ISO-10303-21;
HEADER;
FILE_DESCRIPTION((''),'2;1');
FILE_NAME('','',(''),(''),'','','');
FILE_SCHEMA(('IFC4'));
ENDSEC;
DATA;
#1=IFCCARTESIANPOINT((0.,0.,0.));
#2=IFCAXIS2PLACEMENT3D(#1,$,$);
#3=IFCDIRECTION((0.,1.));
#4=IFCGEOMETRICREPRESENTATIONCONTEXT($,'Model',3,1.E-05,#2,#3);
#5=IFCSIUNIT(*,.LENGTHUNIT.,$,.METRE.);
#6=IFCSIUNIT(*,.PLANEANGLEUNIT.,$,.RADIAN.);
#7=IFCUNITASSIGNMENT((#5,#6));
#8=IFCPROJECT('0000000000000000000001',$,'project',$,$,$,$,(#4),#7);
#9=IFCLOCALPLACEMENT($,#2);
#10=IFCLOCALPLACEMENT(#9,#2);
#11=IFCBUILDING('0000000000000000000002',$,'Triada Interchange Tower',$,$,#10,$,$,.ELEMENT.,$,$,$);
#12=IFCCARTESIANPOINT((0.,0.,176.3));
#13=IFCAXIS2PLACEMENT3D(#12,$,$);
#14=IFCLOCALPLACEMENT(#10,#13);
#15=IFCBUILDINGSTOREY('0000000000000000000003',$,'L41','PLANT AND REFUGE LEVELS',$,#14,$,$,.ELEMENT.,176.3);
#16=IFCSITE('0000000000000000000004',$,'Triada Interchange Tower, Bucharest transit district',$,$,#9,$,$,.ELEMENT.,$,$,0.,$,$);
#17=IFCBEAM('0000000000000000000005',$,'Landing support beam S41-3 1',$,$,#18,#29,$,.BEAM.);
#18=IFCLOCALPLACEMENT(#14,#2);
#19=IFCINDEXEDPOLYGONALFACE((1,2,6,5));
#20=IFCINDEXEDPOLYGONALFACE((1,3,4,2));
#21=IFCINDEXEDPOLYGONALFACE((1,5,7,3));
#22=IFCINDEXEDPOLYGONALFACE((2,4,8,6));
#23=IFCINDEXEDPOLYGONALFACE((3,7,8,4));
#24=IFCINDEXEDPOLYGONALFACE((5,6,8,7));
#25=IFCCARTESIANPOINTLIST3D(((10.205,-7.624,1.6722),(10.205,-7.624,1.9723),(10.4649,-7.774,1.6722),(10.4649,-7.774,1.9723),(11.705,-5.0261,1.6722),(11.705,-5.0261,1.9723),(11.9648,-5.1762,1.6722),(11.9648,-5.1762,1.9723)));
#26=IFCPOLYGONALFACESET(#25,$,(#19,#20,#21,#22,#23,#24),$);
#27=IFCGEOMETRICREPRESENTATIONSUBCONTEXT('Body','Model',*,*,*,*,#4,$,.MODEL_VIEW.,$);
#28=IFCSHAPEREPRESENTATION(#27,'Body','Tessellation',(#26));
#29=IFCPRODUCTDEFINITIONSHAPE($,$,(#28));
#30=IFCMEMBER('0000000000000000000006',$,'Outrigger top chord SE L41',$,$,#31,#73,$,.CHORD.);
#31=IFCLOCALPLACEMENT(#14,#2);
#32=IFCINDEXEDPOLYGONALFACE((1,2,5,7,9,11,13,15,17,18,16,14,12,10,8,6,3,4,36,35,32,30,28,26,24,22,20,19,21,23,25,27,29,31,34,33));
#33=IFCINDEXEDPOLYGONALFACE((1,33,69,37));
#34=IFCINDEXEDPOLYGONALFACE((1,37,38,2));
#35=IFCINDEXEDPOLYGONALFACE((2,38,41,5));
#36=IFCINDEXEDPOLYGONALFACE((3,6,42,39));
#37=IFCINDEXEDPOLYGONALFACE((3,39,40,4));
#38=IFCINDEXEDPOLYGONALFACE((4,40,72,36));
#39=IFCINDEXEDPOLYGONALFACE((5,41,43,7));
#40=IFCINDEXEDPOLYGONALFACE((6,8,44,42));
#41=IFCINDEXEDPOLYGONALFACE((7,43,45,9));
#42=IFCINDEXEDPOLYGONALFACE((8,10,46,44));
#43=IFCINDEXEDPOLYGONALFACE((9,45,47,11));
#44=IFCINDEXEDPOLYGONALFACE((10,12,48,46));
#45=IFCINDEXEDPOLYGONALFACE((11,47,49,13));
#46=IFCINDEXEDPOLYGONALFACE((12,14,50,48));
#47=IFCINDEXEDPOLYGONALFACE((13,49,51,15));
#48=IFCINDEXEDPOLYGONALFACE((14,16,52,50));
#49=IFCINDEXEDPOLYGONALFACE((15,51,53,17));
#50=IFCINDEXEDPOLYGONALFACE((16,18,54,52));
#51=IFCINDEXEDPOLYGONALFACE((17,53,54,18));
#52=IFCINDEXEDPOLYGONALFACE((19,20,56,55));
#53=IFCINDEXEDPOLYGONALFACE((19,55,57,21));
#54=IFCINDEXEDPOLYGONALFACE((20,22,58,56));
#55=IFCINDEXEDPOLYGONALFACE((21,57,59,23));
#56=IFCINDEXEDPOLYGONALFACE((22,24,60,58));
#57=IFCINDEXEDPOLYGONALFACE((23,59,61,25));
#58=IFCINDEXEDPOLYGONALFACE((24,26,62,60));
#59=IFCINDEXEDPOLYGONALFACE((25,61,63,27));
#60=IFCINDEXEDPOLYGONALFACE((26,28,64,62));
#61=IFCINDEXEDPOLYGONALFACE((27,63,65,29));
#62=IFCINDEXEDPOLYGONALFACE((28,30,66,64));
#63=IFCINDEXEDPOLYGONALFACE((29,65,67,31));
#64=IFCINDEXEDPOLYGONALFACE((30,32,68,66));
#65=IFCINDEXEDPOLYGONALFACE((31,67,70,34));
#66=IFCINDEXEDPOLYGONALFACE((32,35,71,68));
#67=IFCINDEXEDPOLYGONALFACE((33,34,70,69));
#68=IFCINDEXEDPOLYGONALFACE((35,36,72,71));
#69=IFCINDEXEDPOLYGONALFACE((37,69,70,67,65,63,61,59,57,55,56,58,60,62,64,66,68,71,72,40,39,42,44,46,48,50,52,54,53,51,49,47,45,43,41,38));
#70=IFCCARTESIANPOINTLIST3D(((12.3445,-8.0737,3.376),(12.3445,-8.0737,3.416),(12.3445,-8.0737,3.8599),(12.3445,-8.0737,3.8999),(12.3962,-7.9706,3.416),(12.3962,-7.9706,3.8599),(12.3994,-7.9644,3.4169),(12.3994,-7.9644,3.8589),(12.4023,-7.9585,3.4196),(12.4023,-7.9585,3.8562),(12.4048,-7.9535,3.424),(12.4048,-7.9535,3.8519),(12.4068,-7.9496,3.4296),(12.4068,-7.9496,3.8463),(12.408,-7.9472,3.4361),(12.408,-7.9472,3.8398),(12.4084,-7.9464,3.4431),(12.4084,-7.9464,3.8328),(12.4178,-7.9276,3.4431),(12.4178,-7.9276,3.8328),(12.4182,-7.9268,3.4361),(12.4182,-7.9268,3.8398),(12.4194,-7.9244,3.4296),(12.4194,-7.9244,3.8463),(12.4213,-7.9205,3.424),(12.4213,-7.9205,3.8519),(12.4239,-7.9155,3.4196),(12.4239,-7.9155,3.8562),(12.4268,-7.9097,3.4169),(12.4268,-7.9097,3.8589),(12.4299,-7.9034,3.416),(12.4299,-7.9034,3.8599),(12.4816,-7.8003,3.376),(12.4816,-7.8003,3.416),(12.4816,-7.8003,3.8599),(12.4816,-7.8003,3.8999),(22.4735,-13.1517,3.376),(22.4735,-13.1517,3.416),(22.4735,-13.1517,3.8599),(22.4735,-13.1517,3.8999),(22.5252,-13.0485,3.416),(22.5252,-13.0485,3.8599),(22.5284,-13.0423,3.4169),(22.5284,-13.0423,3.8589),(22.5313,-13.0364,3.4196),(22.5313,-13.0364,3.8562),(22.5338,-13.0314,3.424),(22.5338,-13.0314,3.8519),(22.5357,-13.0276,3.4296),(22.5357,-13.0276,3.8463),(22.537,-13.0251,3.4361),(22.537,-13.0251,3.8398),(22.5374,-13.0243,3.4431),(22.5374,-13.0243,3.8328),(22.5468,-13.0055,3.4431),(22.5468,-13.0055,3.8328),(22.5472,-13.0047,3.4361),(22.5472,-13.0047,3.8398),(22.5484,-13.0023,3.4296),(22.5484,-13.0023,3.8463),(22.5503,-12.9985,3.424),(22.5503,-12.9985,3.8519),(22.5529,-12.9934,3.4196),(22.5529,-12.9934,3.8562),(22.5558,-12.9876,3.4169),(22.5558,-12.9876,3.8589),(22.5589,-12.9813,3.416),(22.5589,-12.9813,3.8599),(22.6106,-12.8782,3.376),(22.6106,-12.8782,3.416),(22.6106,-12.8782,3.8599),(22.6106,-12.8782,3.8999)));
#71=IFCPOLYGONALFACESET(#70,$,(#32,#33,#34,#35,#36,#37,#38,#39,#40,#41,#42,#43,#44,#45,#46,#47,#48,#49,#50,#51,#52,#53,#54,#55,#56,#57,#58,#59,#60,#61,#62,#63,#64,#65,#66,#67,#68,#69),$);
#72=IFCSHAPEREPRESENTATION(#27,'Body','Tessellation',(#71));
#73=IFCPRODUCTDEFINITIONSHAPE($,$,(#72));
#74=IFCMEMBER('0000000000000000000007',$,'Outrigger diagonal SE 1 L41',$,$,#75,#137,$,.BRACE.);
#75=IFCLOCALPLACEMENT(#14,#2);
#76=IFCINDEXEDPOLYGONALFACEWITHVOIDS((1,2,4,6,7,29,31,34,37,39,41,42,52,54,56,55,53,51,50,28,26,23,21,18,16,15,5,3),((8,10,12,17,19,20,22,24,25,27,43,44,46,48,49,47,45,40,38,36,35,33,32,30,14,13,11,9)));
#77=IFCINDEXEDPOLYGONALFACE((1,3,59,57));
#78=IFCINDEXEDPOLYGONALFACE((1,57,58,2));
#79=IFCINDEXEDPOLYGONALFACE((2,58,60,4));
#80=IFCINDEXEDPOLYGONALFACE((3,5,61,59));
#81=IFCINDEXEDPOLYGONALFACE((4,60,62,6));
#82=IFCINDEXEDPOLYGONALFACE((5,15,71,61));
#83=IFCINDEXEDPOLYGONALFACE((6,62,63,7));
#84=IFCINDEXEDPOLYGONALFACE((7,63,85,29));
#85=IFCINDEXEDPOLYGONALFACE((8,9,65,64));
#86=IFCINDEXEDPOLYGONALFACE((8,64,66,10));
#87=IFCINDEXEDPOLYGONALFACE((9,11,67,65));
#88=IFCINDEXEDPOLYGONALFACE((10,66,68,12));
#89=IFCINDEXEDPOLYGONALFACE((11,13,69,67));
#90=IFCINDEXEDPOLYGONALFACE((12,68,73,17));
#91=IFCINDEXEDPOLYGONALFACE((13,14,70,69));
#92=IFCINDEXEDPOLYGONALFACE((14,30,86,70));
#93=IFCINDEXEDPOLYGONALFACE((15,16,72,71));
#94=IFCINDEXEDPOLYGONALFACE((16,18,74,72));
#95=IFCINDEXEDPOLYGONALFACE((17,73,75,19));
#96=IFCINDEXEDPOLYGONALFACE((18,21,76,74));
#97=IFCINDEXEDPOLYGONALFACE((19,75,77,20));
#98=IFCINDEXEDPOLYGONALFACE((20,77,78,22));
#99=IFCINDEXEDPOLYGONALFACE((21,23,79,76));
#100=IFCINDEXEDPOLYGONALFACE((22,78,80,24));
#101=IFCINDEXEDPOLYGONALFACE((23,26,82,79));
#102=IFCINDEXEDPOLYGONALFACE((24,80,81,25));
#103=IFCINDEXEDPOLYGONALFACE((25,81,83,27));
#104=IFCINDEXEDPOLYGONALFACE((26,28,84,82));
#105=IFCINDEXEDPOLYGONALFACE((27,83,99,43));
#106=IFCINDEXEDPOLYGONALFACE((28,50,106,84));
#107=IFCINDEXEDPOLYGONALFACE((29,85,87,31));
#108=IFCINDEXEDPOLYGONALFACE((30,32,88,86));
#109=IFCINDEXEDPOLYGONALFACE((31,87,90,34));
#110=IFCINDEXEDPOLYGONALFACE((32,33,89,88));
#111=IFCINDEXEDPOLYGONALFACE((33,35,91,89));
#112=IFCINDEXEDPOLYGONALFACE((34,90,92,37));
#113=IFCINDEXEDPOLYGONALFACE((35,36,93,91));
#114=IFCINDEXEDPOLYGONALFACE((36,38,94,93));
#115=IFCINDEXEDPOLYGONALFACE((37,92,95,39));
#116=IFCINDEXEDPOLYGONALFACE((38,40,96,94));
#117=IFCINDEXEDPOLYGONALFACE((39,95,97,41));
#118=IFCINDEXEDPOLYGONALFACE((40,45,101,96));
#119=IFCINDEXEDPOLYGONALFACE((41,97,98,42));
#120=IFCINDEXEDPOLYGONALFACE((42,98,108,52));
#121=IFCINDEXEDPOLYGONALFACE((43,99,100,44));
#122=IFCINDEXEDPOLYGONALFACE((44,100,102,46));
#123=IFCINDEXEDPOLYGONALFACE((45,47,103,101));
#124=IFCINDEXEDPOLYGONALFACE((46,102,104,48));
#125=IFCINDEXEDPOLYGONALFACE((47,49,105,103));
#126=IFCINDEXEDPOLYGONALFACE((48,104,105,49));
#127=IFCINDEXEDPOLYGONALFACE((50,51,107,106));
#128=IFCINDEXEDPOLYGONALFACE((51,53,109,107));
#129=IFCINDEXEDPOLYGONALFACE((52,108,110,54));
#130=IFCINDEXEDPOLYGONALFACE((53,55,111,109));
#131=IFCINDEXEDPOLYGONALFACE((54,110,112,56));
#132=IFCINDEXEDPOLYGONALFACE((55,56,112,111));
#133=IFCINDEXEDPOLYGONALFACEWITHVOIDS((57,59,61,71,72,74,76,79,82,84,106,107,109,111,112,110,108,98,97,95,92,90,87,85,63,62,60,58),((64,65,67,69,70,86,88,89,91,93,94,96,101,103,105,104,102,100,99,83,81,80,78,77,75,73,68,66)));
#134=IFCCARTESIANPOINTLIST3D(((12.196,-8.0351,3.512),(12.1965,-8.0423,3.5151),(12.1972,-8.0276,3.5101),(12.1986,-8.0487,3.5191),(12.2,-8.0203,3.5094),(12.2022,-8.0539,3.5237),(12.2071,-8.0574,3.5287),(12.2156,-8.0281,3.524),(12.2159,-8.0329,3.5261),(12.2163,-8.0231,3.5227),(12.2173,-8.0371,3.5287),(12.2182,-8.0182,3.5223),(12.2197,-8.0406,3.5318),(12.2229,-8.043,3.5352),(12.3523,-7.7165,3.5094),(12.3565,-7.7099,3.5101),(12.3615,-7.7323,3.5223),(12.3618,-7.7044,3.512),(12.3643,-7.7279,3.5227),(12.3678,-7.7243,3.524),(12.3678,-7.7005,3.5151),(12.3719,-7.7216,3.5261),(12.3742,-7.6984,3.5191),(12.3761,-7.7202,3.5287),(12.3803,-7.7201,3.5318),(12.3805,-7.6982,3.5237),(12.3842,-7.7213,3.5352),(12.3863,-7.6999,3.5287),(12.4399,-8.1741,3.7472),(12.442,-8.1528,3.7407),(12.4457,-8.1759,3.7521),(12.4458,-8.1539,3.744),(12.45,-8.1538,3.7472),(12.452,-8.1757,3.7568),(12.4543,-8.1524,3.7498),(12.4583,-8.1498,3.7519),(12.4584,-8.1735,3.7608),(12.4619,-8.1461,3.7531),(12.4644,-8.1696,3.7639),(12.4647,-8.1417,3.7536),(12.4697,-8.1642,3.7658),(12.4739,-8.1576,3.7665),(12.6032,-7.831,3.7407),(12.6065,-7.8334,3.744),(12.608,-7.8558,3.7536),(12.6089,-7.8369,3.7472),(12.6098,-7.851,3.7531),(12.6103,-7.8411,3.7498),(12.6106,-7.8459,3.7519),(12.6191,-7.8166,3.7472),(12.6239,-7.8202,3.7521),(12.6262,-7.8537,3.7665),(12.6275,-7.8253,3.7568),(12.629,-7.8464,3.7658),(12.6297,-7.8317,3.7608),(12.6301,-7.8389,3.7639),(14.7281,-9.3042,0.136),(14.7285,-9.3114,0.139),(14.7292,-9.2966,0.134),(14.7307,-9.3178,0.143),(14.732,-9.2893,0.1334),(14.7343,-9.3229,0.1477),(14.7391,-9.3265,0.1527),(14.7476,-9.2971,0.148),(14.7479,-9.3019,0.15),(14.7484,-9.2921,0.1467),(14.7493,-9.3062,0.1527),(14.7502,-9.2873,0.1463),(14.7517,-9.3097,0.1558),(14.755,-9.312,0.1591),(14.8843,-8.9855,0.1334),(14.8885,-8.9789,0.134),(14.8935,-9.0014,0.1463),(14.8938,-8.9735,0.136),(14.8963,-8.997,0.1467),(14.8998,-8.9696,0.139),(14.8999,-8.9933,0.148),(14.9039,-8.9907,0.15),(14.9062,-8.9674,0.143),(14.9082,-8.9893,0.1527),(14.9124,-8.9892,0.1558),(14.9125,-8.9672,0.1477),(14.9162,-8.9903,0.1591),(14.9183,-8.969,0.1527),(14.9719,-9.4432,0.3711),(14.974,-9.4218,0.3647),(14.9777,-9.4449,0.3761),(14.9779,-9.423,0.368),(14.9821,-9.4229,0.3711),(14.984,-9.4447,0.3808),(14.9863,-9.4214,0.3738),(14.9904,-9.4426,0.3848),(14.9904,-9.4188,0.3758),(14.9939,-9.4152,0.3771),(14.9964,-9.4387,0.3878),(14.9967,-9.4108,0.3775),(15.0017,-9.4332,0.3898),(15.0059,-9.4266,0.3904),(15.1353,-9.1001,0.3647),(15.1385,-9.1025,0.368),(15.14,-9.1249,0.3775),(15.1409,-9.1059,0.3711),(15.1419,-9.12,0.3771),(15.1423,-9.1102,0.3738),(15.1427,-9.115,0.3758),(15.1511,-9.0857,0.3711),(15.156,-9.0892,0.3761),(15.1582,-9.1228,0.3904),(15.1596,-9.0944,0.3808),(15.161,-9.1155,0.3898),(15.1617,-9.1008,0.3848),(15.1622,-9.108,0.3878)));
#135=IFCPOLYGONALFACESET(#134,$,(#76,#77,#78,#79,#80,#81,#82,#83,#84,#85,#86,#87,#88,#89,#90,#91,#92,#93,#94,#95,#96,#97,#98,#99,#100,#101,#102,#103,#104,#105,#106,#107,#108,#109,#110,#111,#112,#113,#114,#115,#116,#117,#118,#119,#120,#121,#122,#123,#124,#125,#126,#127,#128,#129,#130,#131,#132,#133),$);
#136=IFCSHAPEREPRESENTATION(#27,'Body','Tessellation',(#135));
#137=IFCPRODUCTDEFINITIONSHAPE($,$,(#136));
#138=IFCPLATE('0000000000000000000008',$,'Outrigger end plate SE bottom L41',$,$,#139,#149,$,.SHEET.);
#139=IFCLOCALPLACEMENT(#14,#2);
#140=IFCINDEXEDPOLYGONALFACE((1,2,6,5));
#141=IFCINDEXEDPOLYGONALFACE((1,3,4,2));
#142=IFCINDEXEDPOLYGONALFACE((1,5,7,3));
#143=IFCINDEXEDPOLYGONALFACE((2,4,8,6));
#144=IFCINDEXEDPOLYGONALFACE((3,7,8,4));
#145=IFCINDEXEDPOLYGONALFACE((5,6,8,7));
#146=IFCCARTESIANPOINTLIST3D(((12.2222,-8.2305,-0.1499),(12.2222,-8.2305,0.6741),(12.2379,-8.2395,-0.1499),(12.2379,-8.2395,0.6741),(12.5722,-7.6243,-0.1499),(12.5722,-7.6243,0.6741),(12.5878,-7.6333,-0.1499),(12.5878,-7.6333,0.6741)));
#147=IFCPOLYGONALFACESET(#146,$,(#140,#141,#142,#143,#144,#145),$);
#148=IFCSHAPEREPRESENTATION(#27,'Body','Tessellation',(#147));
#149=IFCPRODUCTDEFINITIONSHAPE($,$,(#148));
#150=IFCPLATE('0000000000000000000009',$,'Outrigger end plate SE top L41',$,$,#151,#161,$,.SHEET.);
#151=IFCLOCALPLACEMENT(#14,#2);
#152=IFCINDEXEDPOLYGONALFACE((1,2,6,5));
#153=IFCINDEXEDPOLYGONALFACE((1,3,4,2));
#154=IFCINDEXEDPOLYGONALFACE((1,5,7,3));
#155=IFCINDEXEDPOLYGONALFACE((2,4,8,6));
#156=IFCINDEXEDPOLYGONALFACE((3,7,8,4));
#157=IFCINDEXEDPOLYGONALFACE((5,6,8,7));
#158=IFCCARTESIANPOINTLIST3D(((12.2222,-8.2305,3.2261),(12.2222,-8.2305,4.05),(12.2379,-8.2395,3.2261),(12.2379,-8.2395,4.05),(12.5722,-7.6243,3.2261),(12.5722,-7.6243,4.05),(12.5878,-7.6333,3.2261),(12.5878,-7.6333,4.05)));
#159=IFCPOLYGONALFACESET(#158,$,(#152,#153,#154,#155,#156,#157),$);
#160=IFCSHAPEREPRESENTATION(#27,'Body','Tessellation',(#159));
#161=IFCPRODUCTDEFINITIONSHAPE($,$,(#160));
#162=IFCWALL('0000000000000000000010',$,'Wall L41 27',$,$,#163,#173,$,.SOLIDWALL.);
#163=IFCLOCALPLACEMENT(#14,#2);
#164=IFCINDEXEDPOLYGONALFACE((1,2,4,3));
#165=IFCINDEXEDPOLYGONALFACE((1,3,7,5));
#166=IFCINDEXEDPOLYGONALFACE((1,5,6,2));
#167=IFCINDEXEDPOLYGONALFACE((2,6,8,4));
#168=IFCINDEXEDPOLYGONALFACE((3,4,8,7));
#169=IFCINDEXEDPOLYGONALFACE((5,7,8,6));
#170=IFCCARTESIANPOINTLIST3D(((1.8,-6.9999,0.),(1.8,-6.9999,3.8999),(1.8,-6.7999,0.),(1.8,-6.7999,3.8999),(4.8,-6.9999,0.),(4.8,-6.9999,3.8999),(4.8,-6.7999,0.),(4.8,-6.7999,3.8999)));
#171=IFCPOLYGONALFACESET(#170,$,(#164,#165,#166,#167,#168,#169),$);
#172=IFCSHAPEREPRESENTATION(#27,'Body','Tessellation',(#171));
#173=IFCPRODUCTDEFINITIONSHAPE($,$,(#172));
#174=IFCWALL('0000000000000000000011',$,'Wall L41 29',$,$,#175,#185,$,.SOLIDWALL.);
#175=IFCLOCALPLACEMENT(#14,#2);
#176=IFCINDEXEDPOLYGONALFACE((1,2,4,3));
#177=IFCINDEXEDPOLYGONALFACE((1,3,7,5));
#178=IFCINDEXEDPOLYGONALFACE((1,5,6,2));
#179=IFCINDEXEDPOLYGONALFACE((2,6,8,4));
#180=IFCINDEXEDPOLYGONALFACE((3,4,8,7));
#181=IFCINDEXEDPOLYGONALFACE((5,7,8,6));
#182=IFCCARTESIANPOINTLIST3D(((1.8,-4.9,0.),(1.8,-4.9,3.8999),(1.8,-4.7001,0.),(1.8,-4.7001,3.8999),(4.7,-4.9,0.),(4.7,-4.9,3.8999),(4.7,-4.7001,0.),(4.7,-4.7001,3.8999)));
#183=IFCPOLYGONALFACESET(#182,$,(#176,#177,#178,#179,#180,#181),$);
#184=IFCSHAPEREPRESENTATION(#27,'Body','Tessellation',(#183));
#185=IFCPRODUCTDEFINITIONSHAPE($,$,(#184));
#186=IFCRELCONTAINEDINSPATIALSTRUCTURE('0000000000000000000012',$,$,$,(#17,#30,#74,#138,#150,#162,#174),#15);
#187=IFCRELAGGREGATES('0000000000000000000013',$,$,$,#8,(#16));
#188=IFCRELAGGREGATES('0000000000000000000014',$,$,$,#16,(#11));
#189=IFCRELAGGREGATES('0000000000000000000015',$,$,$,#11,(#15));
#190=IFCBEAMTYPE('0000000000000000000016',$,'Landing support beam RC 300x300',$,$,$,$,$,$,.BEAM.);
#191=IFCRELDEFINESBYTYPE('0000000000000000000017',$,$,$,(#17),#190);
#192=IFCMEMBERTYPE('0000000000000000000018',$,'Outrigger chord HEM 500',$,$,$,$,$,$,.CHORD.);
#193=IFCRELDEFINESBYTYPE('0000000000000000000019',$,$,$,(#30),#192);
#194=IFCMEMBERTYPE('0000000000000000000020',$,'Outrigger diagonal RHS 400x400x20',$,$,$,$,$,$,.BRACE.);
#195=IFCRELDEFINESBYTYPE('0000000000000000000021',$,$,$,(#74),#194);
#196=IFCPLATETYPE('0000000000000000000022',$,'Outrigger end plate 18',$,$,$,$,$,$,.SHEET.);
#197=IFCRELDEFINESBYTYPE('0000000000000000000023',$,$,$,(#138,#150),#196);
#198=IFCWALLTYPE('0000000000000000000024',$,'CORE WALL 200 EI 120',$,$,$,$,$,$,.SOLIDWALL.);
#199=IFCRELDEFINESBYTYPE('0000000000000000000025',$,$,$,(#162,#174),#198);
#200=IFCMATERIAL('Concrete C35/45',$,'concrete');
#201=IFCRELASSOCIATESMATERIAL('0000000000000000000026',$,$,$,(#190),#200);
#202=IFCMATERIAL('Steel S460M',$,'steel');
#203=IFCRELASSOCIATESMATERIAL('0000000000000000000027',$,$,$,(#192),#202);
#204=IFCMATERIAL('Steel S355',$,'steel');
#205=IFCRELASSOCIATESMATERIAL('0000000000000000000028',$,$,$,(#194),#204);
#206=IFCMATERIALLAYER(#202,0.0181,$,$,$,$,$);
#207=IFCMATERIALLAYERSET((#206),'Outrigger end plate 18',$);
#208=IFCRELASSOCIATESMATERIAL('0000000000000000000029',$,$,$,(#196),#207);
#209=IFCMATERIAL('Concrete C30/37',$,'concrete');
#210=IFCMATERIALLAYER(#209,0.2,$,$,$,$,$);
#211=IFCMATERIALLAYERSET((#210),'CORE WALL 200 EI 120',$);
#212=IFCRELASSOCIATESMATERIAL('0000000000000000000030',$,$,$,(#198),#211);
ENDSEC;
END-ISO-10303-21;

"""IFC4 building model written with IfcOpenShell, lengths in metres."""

from ifc_helpers import new_model, si_unit, direction, frame, frame_2d, origin, origin_2d, place, context, subcontext, project, spatial, rectangle, hollow_rectangle, i_section, extrude, material, layer, layer_set, material_profile, profile_set, type_object, element, save


model = new_model("IFC4")

# Units and contexts
model_context = context("Model", 3, precision=1e-05, world=origin(), true_north=direction((0.0, 1.0)))
body_context = subcontext(model_context, "Body", "Model", "MODEL_VIEW")
ifc_project = project(units=[si_unit("LENGTHUNIT", "METRE"), si_unit("PLANEANGLEUNIT", "RADIAN")], contexts=[model_context])

# Site, building, storey
site_placement = place(None, origin())
site = spatial("IfcSite", under=ifc_project, at=site_placement, Name="Triada Interchange Tower, Bucharest transit district", CompositionType="ELEMENT", RefElevation=0.0)
building_placement = place(site_placement, origin())
building = spatial("IfcBuilding", under=site, at=building_placement, Name="Triada Interchange Tower", CompositionType="ELEMENT")
storey_placement = place(building_placement, frame((0.0, 0.0, 176.3)))
storey = spatial("IfcBuildingStorey", under=building, at=storey_placement, Name="L41", Description="PLANT AND REFUGE LEVELS", CompositionType="ELEMENT", Elevation=176.3)

# Beam
ifc_material_1 = material(Name="Concrete C35/45", Category="concrete")
ifc_material_profile_1 = material_profile(ifc_material_1, rectangle(XDim=0.3, YDim=0.3, at=origin_2d()), Name="RC 300x300")
ifc_profile_set_1 = profile_set([ifc_material_profile_1], Name="Concrete C35/45")
beam_type = type_object("IfcBeamType", Name="Landing support beam RC 300x300", PredefinedType="BEAM", material=ifc_profile_set_1)
beam_placement = place(storey_placement, frame((10.335, -7.699, 1.8223), z_axis=(0.500025, 0.866011, 0.0), x_axis=(-0.866011, 0.500025, 0.0)))
element("IfcBeam", 1, at=beam_placement, inside=storey, type_object=beam_type, Name="Landing support beam S41-3 1", PredefinedType="BEAM", context=body_context, shape_type="SweptSolid", body=[
    extrude(rectangle(XDim=0.3, YDim=0.3, at=origin_2d()), origin(), (0.0, 0.0, 1.0), 2.9998),
])

# Members
ifc_material_2 = material(Name="Steel S460M", Category="steel")
ifc_material_profile_2 = material_profile(ifc_material_2, i_section(OverallWidth=0.3059, OverallDepth=0.5239, WebThickness=0.021, FlangeThickness=0.04, FilletRadius=0.0271, at=origin_2d()), Name="HEM 500")
ifc_profile_set_2 = profile_set([ifc_material_profile_2], Name="Steel S460M")
member_type_1 = type_object("IfcMemberType", Name="Outrigger chord HEM 500", PredefinedType="CHORD", material=ifc_profile_set_2)
member_1_placement = place(storey_placement, frame((12.4131, -7.937, 3.6379), z_axis=(0.893953, -0.448161, 0.0), x_axis=(0.448161, 0.893953, 0.0)))
element("IfcMember", 2, at=member_1_placement, inside=storey, type_object=member_type_1, Name="Outrigger top chord SE L41", PredefinedType="CHORD", context=body_context, shape_type="SweptSolid", body=[
    extrude(i_section(OverallWidth=0.3059, OverallDepth=0.5239, WebThickness=0.021, FlangeThickness=0.04, FilletRadius=0.0271, at=origin_2d()), origin(), (0.0, 0.0, 1.0), 11.3306),
])
ifc_material_3 = material(Name="Steel S355", Category="steel")
ifc_material_profile_3 = material_profile(ifc_material_3, hollow_rectangle(XDim=0.3999, YDim=0.3999, WallThickness=0.02, InnerFilletRadius=0.02, OuterFilletRadius=0.03, at=origin_2d()), Name="RHS 400x400x20")
ifc_profile_set_3 = profile_set([ifc_material_profile_3], Name="Steel S355")
member_type_2 = type_object("IfcMemberType", Name="Outrigger diagonal RHS 400x400x20", PredefinedType="BRACE", material=ifc_profile_set_3)
member_2_placement = place(storey_placement, frame((12.4131, -7.937, 3.6379), z_axis=(0.574581, -0.287983, -0.766108), x_axis=(0.448075, 0.893996, 0.0)))
element("IfcMember", 3, at=member_2_placement, inside=storey, type_object=member_type_2, Name="Outrigger diagonal SE 1 L41", PredefinedType="BRACE", context=body_context, shape_type="SweptSolid", body=[
    extrude(hollow_rectangle(XDim=0.3999, YDim=0.3999, WallThickness=0.02, InnerFilletRadius=0.02, OuterFilletRadius=0.03, at=origin_2d()), origin(), (0.0, 0.0, 1.0), 4.4067),
])

# Plates
ifc_layer_1 = layer(ifc_material_2, 0.0181)
ifc_layer_set_1 = layer_set([ifc_layer_1], Name="Outrigger end plate 18")
plate_type = type_object("IfcPlateType", Name="Outrigger end plate 18", PredefinedType="SHEET", material=ifc_layer_set_1)
for number, where, z_axis, x_axis, name in (
    (4, (12.405, -7.9319, -0.1499), (0.0, 0.0, 1.0), (0.866025, -0.5, 0.0), "Outrigger end plate SE bottom L41"),
    (5, (12.405, -7.9319, 3.2261), (0.0, 0.0, 1.0), (0.866025, -0.5, 0.0), "Outrigger end plate SE top L41"),
):
    element("IfcPlate", number, at=place(storey_placement, frame(where, z_axis=z_axis, x_axis=x_axis)), inside=storey, type_object=plate_type, Name=name, PredefinedType="SHEET", context=body_context, shape_type="SweptSolid", body=[
        extrude(rectangle(XDim=0.0181, YDim=0.7, at=origin_2d()), origin(), (0.0, 0.0, 1.0), 0.824),
    ])

# Walls
ifc_material_4 = material(Name="Concrete C30/37", Category="concrete")
ifc_layer_2 = layer(ifc_material_4, 0.2)
ifc_layer_set_2 = layer_set([ifc_layer_2], Name="CORE WALL 200 EI 120")
wall_type_1 = type_object("IfcWallType", Name="CORE WALL 200 EI 120", PredefinedType="SOLIDWALL", material=ifc_layer_set_2)
wall_1_placement = place(storey_placement, frame((1.8, -6.8999, 0.0), z_axis=(0.0, 0.0, 1.0), x_axis=(1.0, 0.0, 0.0)))
element("IfcWall", 6, at=wall_1_placement, inside=storey, type_object=wall_type_1, Name="Wall L41 27", PredefinedType="SOLIDWALL", context=body_context, shape_type="SweptSolid", body=[
    extrude(rectangle(XDim=3.0, YDim=0.2, at=frame_2d((1.5, 0.0))), origin(), (0.0, 0.0, 1.0), 3.8999),
])
wall_2_placement = place(storey_placement, frame((1.8, -4.8, 0.0), z_axis=(0.0, 0.0, 1.0), x_axis=(1.0, 0.0, 0.0)))
element("IfcWall", 7, at=wall_2_placement, inside=storey, type_object=wall_type_1, Name="Wall L41 29", PredefinedType="SOLIDWALL", context=body_context, shape_type="SweptSolid", body=[
    extrude(rectangle(XDim=2.8999, YDim=0.2, at=frame_2d((1.45, 0.0))), origin(), (0.0, 0.0, 1.0), 3.8999),
])

save(model, "model.ifc")
